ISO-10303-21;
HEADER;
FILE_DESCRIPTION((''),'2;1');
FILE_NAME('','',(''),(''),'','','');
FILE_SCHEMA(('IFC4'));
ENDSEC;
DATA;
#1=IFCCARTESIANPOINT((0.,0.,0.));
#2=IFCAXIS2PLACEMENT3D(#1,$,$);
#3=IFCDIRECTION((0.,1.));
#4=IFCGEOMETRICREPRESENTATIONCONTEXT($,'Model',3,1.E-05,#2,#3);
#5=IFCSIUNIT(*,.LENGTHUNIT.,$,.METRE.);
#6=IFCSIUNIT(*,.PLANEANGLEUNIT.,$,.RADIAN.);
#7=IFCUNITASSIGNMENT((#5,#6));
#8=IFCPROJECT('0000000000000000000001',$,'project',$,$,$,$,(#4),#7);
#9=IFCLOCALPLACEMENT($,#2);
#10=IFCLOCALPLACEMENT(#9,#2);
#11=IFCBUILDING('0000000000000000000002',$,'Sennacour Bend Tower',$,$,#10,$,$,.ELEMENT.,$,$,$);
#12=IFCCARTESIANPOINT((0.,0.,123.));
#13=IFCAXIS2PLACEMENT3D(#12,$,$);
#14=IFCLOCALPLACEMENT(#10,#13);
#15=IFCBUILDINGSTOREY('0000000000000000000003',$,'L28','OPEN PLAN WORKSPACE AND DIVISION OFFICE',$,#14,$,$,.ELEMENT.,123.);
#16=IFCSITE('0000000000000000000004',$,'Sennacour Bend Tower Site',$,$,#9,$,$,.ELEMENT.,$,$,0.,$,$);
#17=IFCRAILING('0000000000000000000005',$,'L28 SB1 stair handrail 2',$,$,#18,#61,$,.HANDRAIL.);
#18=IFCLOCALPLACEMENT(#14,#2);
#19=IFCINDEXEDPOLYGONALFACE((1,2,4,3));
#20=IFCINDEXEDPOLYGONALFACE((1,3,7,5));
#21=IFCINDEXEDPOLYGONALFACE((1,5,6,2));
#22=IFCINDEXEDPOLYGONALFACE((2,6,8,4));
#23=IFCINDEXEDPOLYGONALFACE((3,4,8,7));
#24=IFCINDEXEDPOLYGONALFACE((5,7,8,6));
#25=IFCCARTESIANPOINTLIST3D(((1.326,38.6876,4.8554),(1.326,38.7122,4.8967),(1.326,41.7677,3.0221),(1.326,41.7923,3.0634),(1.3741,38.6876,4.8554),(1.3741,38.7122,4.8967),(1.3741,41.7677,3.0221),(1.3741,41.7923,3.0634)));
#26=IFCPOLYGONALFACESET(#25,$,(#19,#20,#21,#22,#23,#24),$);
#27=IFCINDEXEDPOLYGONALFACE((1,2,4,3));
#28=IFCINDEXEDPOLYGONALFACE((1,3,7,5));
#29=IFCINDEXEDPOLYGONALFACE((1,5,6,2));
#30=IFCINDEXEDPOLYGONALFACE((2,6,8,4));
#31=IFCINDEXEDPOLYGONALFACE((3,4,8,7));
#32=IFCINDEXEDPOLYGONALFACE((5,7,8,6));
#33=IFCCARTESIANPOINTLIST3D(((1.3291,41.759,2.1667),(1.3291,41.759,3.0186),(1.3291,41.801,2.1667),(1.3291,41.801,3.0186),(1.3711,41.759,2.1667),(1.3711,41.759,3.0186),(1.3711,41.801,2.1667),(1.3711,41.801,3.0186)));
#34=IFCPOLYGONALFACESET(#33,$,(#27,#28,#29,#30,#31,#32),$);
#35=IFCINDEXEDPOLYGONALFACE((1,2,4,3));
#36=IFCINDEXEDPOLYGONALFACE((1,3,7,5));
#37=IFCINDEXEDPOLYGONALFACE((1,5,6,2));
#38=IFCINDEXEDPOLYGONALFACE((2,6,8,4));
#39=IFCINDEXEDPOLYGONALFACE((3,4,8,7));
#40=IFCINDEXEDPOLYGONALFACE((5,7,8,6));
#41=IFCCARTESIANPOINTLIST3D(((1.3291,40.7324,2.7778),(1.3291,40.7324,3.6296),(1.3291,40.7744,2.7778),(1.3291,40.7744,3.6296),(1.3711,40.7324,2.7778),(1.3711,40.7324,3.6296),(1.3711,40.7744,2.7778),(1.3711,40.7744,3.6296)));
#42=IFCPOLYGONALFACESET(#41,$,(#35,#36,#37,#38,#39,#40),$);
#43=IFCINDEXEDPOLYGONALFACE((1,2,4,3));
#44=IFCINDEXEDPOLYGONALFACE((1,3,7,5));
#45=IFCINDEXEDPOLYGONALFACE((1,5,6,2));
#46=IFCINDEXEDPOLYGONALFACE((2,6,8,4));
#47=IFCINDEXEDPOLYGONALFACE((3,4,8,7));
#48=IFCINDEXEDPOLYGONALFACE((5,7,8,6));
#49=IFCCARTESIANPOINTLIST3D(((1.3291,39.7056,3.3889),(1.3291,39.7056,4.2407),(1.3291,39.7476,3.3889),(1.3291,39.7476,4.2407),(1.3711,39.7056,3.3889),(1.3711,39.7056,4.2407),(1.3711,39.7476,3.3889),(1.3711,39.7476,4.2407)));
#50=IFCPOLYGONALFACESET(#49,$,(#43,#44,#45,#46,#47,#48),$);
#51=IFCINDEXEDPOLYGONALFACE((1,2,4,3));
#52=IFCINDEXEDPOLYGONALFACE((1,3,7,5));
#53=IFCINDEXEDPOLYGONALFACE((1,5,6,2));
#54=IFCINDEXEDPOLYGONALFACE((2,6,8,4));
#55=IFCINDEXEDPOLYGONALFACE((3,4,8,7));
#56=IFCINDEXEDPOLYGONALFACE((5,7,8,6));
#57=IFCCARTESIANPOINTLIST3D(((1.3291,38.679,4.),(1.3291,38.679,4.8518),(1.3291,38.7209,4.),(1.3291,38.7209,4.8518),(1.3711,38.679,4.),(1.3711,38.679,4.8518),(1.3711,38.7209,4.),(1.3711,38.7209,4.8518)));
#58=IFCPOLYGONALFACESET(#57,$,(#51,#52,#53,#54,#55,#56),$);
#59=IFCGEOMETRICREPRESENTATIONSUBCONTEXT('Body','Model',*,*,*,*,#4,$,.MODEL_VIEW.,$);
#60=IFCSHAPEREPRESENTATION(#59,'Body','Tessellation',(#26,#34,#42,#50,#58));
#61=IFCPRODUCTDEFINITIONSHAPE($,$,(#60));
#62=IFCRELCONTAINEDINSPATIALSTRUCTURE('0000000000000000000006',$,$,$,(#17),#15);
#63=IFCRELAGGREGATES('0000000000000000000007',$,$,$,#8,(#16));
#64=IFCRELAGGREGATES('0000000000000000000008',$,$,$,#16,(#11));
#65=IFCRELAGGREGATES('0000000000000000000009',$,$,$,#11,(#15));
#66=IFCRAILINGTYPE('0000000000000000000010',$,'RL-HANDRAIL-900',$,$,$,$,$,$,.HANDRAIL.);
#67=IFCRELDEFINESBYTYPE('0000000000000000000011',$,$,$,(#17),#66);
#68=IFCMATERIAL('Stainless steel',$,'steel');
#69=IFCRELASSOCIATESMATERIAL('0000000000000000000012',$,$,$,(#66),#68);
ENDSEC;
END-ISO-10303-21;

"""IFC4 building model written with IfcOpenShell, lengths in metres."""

from ifc_helpers import new_model, si_unit, direction, frame, origin, origin_2d, place, context, subcontext, project, spatial, rectangle, extrude, material, type_object, element, save


model = new_model("IFC4")

# Units and contexts
model_context = context("Model", 3, precision=1e-05, world=origin(), true_north=direction((0.0, 1.0)))
body_context = subcontext(model_context, "Body", "Model", "MODEL_VIEW")
ifc_project = project(units=[si_unit("LENGTHUNIT", "METRE"), si_unit("PLANEANGLEUNIT", "RADIAN")], contexts=[model_context])

# Site, building, storey
site_placement = place(None, origin())
site = spatial("IfcSite", under=ifc_project, at=site_placement, Name="Sennacour Bend Tower Site", CompositionType="ELEMENT", RefElevation=0.0)
building_placement = place(site_placement, origin())
building = spatial("IfcBuilding", under=site, at=building_placement, Name="Sennacour Bend Tower", CompositionType="ELEMENT")
storey_placement = place(building_placement, frame((0.0, 0.0, 123.0)))
storey = spatial("IfcBuildingStorey", under=building, at=storey_placement, Name="L28", Description="OPEN PLAN WORKSPACE AND DIVISION OFFICE", CompositionType="ELEMENT", Elevation=123.0)

# Railing
ifc_material_1 = material(Name="Stainless steel", Category="steel")
railing_type_1 = type_object("IfcRailingType", Name="RL-HANDRAIL-900", PredefinedType="HANDRAIL", material=ifc_material_1)
railing_1_placement = place(storey_placement, frame((1.3501, 41.78, 2.1667)))
element("IfcRailing", 1, at=railing_1_placement, inside=storey, type_object=railing_type_1, Name="L28 SB1 stair handrail 2", PredefinedType="HANDRAIL", context=body_context, shape_type="SweptSolid", body=[
    extrude(rectangle(XDim=0.0481, YDim=0.0481, at=origin_2d()), frame((0.0, 0.0, 0.876), z_axis=(0.0, -0.859309, 0.511458), x_axis=(1.0, 0.0, 0.0)), (0.0, 0.0, 1.0), 3.5845),
    extrude(rectangle(XDim=0.042, YDim=0.042, at=origin_2d()), origin(), (0.0, 0.0, 1.0), 0.8518),
    extrude(rectangle(XDim=0.042, YDim=0.042, at=origin_2d()), frame((0.0, -1.0266, 0.6111)), (0.0, 0.0, 1.0), 0.8518),
    extrude(rectangle(XDim=0.042, YDim=0.042, at=origin_2d()), frame((0.0, -2.0535, 1.2222)), (0.0, 0.0, 1.0), 0.8518),
    extrude(rectangle(XDim=0.042, YDim=0.042, at=origin_2d()), frame((0.0, -3.0801, 1.8333)), (0.0, 0.0, 1.0), 0.8518),
])

save(model, "model.ifc")
